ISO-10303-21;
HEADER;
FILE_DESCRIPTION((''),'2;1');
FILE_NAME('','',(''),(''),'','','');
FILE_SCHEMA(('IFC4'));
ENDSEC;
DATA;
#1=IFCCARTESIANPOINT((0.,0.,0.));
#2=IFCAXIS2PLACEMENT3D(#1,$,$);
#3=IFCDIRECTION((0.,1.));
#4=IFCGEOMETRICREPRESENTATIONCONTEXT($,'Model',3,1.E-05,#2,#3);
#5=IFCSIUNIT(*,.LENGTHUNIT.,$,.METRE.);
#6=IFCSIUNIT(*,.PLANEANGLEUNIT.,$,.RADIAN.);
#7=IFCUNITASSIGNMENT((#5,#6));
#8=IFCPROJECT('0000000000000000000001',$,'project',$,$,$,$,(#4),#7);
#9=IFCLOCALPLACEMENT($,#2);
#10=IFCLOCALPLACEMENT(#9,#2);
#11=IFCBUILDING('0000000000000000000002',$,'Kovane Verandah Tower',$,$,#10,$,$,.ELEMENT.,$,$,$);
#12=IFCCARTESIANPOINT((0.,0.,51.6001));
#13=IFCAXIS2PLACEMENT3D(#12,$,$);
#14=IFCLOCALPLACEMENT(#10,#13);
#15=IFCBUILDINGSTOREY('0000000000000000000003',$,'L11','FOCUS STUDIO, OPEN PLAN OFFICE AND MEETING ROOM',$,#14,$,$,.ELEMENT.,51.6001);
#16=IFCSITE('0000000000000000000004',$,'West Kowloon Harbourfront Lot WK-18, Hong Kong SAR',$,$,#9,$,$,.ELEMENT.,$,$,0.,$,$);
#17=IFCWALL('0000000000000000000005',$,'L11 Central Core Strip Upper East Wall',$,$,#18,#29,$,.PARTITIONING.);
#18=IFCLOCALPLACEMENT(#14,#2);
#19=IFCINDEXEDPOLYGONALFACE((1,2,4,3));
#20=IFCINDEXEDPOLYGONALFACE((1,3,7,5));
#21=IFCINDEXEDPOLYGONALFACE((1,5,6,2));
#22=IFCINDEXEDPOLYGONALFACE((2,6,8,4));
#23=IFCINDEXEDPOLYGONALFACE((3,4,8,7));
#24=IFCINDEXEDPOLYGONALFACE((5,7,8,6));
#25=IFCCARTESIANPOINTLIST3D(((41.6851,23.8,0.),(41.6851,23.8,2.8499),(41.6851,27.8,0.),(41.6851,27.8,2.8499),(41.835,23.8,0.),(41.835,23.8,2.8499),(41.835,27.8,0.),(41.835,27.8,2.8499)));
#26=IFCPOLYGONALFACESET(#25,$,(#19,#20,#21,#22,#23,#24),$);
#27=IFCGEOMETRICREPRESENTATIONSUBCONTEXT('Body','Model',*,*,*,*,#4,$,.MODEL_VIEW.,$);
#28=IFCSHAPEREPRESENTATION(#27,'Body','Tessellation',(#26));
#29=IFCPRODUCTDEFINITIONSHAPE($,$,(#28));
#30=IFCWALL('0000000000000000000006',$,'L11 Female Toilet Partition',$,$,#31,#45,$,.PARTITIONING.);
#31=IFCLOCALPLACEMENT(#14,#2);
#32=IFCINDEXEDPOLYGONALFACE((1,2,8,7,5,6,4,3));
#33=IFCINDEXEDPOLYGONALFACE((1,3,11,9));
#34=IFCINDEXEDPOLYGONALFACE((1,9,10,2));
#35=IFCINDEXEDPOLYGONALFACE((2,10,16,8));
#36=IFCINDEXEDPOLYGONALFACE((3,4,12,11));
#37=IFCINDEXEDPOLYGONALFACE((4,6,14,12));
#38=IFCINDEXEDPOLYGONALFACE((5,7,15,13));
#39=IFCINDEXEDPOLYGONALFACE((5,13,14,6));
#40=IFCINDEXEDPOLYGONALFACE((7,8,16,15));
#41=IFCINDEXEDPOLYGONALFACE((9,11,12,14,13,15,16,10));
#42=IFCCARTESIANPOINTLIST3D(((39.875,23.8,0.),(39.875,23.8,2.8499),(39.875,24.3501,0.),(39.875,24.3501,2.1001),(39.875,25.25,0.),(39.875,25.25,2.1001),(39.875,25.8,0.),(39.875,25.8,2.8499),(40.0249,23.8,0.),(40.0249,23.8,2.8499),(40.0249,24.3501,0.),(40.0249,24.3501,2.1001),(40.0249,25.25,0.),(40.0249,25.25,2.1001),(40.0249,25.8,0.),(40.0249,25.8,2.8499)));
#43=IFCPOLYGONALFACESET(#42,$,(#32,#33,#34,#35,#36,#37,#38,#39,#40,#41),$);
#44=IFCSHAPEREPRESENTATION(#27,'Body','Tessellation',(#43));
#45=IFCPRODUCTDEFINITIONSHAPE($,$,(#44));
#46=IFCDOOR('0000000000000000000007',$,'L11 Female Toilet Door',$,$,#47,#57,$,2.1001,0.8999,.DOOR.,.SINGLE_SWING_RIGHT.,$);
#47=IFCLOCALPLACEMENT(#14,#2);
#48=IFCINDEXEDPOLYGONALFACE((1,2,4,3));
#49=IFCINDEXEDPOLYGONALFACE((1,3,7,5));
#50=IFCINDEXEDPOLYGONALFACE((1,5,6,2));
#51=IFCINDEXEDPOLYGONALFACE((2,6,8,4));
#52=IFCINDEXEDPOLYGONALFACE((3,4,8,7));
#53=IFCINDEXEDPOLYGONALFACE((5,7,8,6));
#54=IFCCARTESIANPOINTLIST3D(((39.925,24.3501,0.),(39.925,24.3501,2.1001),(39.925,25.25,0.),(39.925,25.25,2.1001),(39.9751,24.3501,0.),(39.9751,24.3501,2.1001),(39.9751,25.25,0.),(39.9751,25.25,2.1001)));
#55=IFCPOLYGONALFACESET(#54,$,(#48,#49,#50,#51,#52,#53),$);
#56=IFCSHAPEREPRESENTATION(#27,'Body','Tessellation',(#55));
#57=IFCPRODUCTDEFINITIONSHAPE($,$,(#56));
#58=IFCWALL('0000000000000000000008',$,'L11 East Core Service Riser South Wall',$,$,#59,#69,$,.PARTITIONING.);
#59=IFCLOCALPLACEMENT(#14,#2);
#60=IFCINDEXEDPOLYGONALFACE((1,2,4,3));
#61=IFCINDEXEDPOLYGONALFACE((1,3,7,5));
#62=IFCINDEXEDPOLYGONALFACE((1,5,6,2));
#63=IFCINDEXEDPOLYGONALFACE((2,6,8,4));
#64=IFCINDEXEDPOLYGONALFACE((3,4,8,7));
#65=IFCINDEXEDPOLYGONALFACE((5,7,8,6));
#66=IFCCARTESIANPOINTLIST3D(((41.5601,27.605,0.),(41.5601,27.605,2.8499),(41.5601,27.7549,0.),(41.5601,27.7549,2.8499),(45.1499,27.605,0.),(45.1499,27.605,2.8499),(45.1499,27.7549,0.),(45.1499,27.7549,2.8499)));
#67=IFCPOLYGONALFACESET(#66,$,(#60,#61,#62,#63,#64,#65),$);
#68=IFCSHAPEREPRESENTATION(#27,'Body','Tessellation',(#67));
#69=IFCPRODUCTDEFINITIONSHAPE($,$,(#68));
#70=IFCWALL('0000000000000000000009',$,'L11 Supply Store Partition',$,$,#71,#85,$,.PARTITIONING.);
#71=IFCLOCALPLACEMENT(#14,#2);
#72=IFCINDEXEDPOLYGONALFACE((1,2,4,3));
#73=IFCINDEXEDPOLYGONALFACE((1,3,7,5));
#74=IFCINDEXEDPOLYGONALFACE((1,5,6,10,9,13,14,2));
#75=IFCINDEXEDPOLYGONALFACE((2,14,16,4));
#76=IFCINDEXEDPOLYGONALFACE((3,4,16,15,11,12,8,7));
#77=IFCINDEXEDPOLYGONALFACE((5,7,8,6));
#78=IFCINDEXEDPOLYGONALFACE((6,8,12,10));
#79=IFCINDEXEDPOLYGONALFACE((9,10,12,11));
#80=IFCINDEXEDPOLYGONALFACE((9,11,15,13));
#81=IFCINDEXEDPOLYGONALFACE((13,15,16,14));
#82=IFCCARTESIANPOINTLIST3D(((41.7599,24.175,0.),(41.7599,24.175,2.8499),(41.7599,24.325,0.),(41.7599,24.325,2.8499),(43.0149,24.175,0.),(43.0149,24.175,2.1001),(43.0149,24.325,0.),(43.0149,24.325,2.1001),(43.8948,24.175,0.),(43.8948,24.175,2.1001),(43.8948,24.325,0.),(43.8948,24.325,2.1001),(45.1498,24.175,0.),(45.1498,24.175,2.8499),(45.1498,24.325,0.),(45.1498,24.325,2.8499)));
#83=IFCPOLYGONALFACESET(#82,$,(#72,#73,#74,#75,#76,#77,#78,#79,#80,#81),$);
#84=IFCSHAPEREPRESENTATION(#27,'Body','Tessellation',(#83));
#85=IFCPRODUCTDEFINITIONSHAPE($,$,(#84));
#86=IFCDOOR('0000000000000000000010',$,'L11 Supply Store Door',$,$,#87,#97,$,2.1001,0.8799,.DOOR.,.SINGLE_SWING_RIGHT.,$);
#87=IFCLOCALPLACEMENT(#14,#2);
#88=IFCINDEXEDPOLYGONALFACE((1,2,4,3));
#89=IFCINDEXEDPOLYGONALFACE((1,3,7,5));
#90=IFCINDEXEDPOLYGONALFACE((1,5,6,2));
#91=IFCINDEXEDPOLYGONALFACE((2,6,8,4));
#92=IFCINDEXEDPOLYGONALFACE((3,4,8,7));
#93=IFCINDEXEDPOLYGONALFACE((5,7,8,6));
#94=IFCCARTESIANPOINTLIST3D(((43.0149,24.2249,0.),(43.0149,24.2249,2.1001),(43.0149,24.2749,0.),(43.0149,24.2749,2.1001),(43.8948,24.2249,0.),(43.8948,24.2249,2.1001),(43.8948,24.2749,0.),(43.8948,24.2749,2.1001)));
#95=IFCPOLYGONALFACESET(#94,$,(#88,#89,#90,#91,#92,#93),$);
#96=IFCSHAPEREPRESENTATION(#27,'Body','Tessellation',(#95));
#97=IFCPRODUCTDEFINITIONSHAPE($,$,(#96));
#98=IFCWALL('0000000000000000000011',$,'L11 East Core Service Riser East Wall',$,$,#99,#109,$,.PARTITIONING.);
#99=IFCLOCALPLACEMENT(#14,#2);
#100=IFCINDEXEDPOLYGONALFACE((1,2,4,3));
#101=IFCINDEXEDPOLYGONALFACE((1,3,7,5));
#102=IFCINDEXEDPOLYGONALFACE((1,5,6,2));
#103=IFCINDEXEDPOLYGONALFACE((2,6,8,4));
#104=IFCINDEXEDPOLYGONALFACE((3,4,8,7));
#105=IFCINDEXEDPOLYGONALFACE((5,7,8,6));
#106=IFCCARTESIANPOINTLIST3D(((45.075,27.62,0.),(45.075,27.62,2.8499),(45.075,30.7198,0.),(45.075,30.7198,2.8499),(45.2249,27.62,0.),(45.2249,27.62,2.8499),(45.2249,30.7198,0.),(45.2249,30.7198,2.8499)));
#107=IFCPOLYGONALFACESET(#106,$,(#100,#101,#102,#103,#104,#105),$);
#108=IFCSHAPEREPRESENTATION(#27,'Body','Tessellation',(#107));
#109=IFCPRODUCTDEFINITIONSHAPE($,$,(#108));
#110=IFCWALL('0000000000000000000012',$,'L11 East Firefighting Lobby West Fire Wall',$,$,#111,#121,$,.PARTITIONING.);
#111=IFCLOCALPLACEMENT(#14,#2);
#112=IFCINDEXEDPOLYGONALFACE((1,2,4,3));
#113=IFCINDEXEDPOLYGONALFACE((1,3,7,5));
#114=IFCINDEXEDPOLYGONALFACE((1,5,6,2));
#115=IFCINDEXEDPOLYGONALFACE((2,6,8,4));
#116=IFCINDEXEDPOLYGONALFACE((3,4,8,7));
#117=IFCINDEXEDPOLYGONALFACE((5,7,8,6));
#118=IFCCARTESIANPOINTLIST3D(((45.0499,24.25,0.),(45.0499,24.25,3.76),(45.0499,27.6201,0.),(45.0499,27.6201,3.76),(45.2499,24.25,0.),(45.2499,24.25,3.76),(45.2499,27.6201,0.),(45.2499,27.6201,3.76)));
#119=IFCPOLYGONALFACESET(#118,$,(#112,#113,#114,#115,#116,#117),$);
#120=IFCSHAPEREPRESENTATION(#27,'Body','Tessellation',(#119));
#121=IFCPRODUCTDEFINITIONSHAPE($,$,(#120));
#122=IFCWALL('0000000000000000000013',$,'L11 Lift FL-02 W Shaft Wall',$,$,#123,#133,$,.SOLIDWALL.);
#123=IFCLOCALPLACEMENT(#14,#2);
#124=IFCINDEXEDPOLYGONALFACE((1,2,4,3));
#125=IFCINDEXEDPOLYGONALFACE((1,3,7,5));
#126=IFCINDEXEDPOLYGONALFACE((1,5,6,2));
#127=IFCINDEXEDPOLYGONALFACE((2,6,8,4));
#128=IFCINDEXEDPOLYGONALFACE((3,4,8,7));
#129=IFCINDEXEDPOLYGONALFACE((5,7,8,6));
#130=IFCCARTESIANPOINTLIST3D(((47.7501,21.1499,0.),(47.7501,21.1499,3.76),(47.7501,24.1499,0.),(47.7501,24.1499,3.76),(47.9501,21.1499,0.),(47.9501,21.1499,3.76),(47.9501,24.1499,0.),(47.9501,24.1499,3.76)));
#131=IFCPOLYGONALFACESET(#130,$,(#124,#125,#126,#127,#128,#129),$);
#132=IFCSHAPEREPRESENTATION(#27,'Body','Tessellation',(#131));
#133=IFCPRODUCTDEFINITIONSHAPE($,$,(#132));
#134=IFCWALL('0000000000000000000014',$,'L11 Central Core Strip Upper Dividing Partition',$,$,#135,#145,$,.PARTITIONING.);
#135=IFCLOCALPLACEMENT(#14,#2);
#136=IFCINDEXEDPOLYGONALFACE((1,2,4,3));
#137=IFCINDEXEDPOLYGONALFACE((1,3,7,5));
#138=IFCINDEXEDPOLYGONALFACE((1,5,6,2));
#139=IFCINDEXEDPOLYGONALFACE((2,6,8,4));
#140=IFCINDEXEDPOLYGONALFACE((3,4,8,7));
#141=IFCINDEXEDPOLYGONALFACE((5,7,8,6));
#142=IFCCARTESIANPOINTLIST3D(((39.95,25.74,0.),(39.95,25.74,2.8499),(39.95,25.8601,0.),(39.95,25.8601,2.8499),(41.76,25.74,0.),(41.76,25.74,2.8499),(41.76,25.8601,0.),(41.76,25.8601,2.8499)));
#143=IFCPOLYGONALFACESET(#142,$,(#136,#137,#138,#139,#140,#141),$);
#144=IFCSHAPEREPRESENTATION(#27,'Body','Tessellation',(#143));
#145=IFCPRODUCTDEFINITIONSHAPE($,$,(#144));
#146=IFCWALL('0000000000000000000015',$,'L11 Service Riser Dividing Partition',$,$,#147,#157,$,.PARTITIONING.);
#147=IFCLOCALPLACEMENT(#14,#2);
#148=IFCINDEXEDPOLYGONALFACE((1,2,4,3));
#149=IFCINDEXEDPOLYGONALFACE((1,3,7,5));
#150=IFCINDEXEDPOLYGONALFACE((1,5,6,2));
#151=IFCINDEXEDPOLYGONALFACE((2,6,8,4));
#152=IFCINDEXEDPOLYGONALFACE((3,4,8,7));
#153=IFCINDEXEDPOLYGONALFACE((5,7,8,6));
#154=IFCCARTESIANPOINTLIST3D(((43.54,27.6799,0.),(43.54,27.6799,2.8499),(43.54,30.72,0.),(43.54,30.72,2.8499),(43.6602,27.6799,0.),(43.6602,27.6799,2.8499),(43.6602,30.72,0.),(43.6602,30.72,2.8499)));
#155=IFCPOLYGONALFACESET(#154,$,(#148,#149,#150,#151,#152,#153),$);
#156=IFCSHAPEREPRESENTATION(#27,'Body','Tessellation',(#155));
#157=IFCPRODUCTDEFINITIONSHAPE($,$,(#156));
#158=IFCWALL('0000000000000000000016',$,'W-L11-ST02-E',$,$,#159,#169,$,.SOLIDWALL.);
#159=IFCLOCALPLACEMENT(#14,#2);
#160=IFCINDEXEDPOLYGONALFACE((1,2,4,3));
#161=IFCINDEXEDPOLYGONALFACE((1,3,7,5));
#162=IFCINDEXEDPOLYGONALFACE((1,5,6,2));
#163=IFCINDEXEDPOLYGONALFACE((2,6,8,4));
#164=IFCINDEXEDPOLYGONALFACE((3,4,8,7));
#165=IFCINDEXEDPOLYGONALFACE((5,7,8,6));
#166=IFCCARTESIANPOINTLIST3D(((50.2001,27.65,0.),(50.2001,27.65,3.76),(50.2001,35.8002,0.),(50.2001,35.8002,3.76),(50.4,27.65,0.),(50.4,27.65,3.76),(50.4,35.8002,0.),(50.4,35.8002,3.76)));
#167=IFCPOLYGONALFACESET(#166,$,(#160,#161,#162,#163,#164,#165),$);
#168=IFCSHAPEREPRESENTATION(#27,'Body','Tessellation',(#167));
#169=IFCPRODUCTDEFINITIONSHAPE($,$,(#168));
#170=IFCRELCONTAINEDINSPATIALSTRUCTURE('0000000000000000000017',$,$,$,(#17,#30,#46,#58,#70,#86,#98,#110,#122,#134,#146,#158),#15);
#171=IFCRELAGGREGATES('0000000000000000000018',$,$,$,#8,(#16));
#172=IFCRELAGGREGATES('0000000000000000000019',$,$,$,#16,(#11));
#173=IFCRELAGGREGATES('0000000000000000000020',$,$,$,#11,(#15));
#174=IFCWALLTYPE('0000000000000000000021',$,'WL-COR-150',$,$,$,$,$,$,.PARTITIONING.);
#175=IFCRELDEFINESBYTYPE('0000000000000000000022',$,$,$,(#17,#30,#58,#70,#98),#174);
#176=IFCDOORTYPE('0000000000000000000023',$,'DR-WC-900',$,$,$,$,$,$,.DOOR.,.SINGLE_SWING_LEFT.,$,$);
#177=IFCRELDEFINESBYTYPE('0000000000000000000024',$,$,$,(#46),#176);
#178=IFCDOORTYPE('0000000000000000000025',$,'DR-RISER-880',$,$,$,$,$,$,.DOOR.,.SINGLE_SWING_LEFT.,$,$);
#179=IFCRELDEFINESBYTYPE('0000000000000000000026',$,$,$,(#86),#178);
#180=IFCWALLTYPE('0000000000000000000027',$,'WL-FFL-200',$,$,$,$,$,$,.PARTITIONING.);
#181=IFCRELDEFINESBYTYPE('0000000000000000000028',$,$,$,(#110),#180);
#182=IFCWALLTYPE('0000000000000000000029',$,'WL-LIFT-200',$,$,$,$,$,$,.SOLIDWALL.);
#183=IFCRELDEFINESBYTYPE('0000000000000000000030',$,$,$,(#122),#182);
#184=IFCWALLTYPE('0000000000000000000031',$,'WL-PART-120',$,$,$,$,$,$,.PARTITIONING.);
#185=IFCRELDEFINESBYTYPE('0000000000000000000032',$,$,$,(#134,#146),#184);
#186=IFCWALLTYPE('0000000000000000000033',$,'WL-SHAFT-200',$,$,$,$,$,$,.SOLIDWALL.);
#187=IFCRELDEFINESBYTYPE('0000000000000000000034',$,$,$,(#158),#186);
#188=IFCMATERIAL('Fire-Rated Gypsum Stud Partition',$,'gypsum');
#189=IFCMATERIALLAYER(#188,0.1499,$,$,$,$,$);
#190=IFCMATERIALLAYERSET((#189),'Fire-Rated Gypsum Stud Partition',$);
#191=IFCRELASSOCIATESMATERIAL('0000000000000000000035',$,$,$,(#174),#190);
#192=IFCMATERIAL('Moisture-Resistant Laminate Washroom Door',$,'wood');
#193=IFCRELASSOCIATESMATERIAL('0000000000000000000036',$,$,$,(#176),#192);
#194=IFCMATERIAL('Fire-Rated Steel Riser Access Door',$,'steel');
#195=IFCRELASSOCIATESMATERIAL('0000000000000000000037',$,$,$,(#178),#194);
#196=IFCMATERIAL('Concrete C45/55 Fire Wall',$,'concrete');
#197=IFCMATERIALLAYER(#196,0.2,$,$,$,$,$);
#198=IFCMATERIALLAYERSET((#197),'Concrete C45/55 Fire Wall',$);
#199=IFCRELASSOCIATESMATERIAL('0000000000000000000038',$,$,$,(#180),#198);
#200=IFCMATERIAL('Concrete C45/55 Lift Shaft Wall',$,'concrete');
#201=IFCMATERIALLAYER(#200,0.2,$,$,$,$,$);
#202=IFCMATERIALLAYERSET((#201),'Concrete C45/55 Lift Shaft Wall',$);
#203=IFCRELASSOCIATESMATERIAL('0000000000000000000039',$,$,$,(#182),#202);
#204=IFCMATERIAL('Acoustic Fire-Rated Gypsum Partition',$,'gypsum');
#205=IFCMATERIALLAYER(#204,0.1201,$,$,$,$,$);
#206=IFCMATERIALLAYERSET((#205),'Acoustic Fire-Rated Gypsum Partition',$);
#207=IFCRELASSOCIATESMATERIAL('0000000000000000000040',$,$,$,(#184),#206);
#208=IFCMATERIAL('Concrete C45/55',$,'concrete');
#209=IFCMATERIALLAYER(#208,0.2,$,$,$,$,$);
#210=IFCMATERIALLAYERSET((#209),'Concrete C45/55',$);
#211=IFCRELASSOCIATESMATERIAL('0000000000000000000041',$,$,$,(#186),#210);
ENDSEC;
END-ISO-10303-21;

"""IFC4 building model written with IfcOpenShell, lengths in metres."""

from ifc_helpers import new_model, si_unit, direction, frame, frame_2d, origin, place, context, subcontext, project, spatial, rectangle, extrude, material, layer, layer_set, type_object, element, fill, save


model = new_model("IFC4")

# Units and contexts
model_context = context("Model", 3, precision=1e-05, world=origin(), true_north=direction((0.0, 1.0)))
body_context = subcontext(model_context, "Body", "Model", "MODEL_VIEW")
ifc_project = project(units=[si_unit("LENGTHUNIT", "METRE"), si_unit("PLANEANGLEUNIT", "RADIAN")], contexts=[model_context])

# Site, building, storey
site_placement = place(None, origin())
site = spatial("IfcSite", under=ifc_project, at=site_placement, Name="West Kowloon Harbourfront Lot WK-18, Hong Kong SAR", CompositionType="ELEMENT", RefElevation=0.0)
building_placement = place(site_placement, origin())
building = spatial("IfcBuilding", under=site, at=building_placement, Name="Kovane Verandah Tower", CompositionType="ELEMENT")
storey_placement = place(building_placement, frame((0.0, 0.0, 51.6001)))
storey = spatial("IfcBuildingStorey", under=building, at=storey_placement, Name="L11", Description="FOCUS STUDIO, OPEN PLAN OFFICE AND MEETING ROOM", CompositionType="ELEMENT", Elevation=51.6001)

# Wall
ifc_material_1 = material(Name="Fire-Rated Gypsum Stud Partition", Category="gypsum")
ifc_layer_1 = layer(ifc_material_1, 0.1499)
ifc_layer_set_1 = layer_set([ifc_layer_1], Name="Fire-Rated Gypsum Stud Partition")
wall_type_1 = type_object("IfcWallType", Name="WL-COR-150", PredefinedType="PARTITIONING", material=ifc_layer_set_1)
wall_1_placement = place(storey_placement, frame((41.76, 23.8, 0.0), z_axis=(0.0, 0.0, 1.0), x_axis=(0.0, 1.0, 0.0)))
element("IfcWall", 1, at=wall_1_placement, inside=storey, type_object=wall_type_1, Name="L11 Central Core Strip Upper East Wall", PredefinedType="PARTITIONING", context=body_context, shape_type="SweptSolid", body=[
    extrude(rectangle(XDim=4.0, YDim=0.1499, at=frame_2d((2.0, 0.0))), origin(), (0.0, 0.0, 1.0), 2.8499),
])

# Wall, opening, door
wall_2_placement = place(storey_placement, frame((39.95, 23.8, 0.0), z_axis=(0.0, 0.0, 1.0), x_axis=(0.0, 1.0, 0.0)))
wall_2 = element("IfcWall", 2, at=wall_2_placement, inside=storey, type_object=wall_type_1, Name="L11 Female Toilet Partition", PredefinedType="PARTITIONING", context=body_context, shape_type="SweptSolid", body=[
    extrude(rectangle(XDim=2.0, YDim=0.1499, at=frame_2d((1.0, 0.0))), origin(), (0.0, 0.0, 1.0), 2.8499),
])
opening_1_placement = place(wall_2_placement, frame((0.55, 0.0, 0.0)))
opening_1 = element("IfcOpeningElement", 3, at=opening_1_placement, cuts=wall_2, PredefinedType="OPENING", context=body_context, shape_type="SweptSolid", body=[
    extrude(rectangle(XDim=0.8999, YDim=2.1001, at=frame_2d((0.45, 1.05))), frame((0.0, 0.075, 0.0), z_axis=(0.0, -1.0, 0.0), x_axis=(1.0, 0.0, 0.0)), (0.0, 0.0, 1.0), 0.1499),
])
ifc_material_2 = material(Name="Moisture-Resistant Laminate Washroom Door", Category="wood")
door_type_1 = type_object("IfcDoorType", Name="DR-WC-900", OperationType="SINGLE_SWING_LEFT", PredefinedType="DOOR", material=ifc_material_2)
door_1_placement = place(opening_1_placement, origin())
door_1 = element("IfcDoor", 4, at=door_1_placement, inside=storey, type_object=door_type_1, Name="L11 Female Toilet Door", OperationType="SINGLE_SWING_RIGHT", OverallHeight=2.1001, OverallWidth=0.8999, PredefinedType="DOOR", context=body_context, shape_type="SweptSolid", body=[
    extrude(rectangle(XDim=0.8999, YDim=2.1001, at=frame_2d((0.45, 1.05))), frame((0.0, 0.0249, 0.0), z_axis=(0.0, -1.0, 0.0), x_axis=(1.0, 0.0, 0.0)), (0.0, 0.0, 1.0), 0.05),
])
fill(opening_1, door_1)

# Wall
wall_3_placement = place(storey_placement, frame((41.5601, 27.6799, 0.0), z_axis=(0.0, 0.0, 1.0), x_axis=(1.0, 0.0, 0.0)))
element("IfcWall", 5, at=wall_3_placement, inside=storey, type_object=wall_type_1, Name="L11 East Core Service Riser South Wall", PredefinedType="PARTITIONING", context=body_context, shape_type="SweptSolid", body=[
    extrude(rectangle(XDim=3.5898, YDim=0.1499, at=frame_2d((1.7949, 0.0))), origin(), (0.0, 0.0, 1.0), 2.8499),
])

# Wall, opening, door
wall_4_placement = place(storey_placement, frame((41.76, 24.25, 0.0), z_axis=(0.0, 0.0, 1.0), x_axis=(1.0, 0.0, 0.0)))
wall_4 = element("IfcWall", 6, at=wall_4_placement, inside=storey, type_object=wall_type_1, Name="L11 Supply Store Partition", PredefinedType="PARTITIONING", context=body_context, shape_type="SweptSolid", body=[
    extrude(rectangle(XDim=3.3899, YDim=0.1499, at=frame_2d((1.6948, 0.0))), origin(), (0.0, 0.0, 1.0), 2.8499),
])
opening_2_placement = place(wall_4_placement, frame((1.2549, 0.0, 0.0)))
opening_2 = element("IfcOpeningElement", 7, at=opening_2_placement, cuts=wall_4, PredefinedType="OPENING", context=body_context, shape_type="SweptSolid", body=[
    extrude(rectangle(XDim=0.8799, YDim=2.1001, at=frame_2d((0.4399, 1.05))), frame((0.0, 0.075, 0.0), z_axis=(0.0, -1.0, 0.0), x_axis=(1.0, 0.0, 0.0)), (0.0, 0.0, 1.0), 0.1499),
])
ifc_material_3 = material(Name="Fire-Rated Steel Riser Access Door", Category="steel")
door_type_2 = type_object("IfcDoorType", Name="DR-RISER-880", OperationType="SINGLE_SWING_LEFT", PredefinedType="DOOR", material=ifc_material_3)
door_2_placement = place(opening_2_placement, origin())
door_2 = element("IfcDoor", 8, at=door_2_placement, inside=storey, type_object=door_type_2, Name="L11 Supply Store Door", OperationType="SINGLE_SWING_RIGHT", OverallHeight=2.1001, OverallWidth=0.8799, PredefinedType="DOOR", context=body_context, shape_type="SweptSolid", body=[
    extrude(rectangle(XDim=0.8799, YDim=2.1001, at=frame_2d((0.4399, 1.05))), frame((0.0, 0.0249, 0.0), z_axis=(0.0, -1.0, 0.0), x_axis=(1.0, 0.0, 0.0)), (0.0, 0.0, 1.0), 0.05),
])
fill(opening_2, door_2)

# Walls
wall_5_placement = place(storey_placement, frame((45.1499, 27.6201, 0.0), z_axis=(0.0, 0.0, 1.0), x_axis=(0.0, 1.0, 0.0)))
element("IfcWall", 9, at=wall_5_placement, inside=storey, type_object=wall_type_1, Name="L11 East Core Service Riser East Wall", PredefinedType="PARTITIONING", context=body_context, shape_type="SweptSolid", body=[
    extrude(rectangle(XDim=3.0999, YDim=0.1499, at=frame_2d((1.5498, 0.0))), origin(), (0.0, 0.0, 1.0), 2.8499),
])
ifc_material_4 = material(Name="Concrete C45/55 Fire Wall", Category="concrete")
ifc_layer_2 = layer(ifc_material_4, 0.2)
ifc_layer_set_2 = layer_set([ifc_layer_2], Name="Concrete C45/55 Fire Wall")
wall_type_2 = type_object("IfcWallType", Name="WL-FFL-200", PredefinedType="PARTITIONING", material=ifc_layer_set_2)
wall_6_placement = place(storey_placement, frame((45.1499, 24.25, 0.0), z_axis=(0.0, 0.0, 1.0), x_axis=(0.0, 1.0, 0.0)))
element("IfcWall", 10, at=wall_6_placement, inside=storey, type_object=wall_type_2, Name="L11 East Firefighting Lobby West Fire Wall", PredefinedType="PARTITIONING", context=body_context, shape_type="SweptSolid", body=[
    extrude(rectangle(XDim=3.3701, YDim=0.2, at=frame_2d((1.6851, 0.0))), origin(), (0.0, 0.0, 1.0), 3.76),
])

# Shared definitions
ifc_material_5 = material(Name="Concrete C45/55 Lift Shaft Wall", Category="concrete")
ifc_layer_3 = layer(ifc_material_5, 0.2)
ifc_layer_set_3 = layer_set([ifc_layer_3], Name="Concrete C45/55 Lift Shaft Wall")
wall_type_3 = type_object("IfcWallType", Name="WL-LIFT-200", PredefinedType="SOLIDWALL", material=ifc_layer_set_3)

# Walls
wall_7_placement = place(storey_placement, frame((47.8501, 24.1499, 0.0), z_axis=(0.0, 0.0, 1.0), x_axis=(0.0, -1.0, 0.0)))
element("IfcWall", 11, at=wall_7_placement, inside=storey, type_object=wall_type_3, Name="L11 Lift FL-02 W Shaft Wall", PredefinedType="SOLIDWALL", context=body_context, shape_type="SweptSolid", body=[
    extrude(rectangle(XDim=3.0, YDim=0.2, at=frame_2d((1.5, 0.0))), origin(), (0.0, 0.0, 1.0), 3.76),
])
ifc_material_6 = material(Name="Acoustic Fire-Rated Gypsum Partition", Category="gypsum")
ifc_layer_4 = layer(ifc_material_6, 0.1201)
ifc_layer_set_4 = layer_set([ifc_layer_4], Name="Acoustic Fire-Rated Gypsum Partition")
wall_type_4 = type_object("IfcWallType", Name="WL-PART-120", PredefinedType="PARTITIONING", material=ifc_layer_set_4)
wall_8_placement = place(storey_placement, frame((39.95, 25.8, 0.0), z_axis=(0.0, 0.0, 1.0), x_axis=(1.0, 0.0, 0.0)))
element("IfcWall", 12, at=wall_8_placement, inside=storey, type_object=wall_type_4, Name="L11 Central Core Strip Upper Dividing Partition", PredefinedType="PARTITIONING", context=body_context, shape_type="SweptSolid", body=[
    extrude(rectangle(XDim=1.8101, YDim=0.1201, at=frame_2d((0.905, 0.0))), origin(), (0.0, 0.0, 1.0), 2.8499),
])
wall_9_placement = place(storey_placement, frame((43.6001, 27.6799, 0.0), z_axis=(0.0, 0.0, 1.0), x_axis=(0.0, 1.0, 0.0)))
element("IfcWall", 13, at=wall_9_placement, inside=storey, type_object=wall_type_4, Name="L11 Service Riser Dividing Partition", PredefinedType="PARTITIONING", context=body_context, shape_type="SweptSolid", body=[
    extrude(rectangle(XDim=3.04, YDim=0.1201, at=frame_2d((1.52, 0.0))), origin(), (0.0, 0.0, 1.0), 2.8499),
])
ifc_material_7 = material(Name="Concrete C45/55", Category="concrete")
ifc_layer_5 = layer(ifc_material_7, 0.2)
ifc_layer_set_5 = layer_set([ifc_layer_5], Name="Concrete C45/55")
wall_type_5 = type_object("IfcWallType", Name="WL-SHAFT-200", PredefinedType="SOLIDWALL", material=ifc_layer_set_5)
wall_10_placement = place(storey_placement, frame((50.3, 27.6499, 0.0), z_axis=(0.0, 0.0, 1.0), x_axis=(0.0, 1.0, 0.0)))
element("IfcWall", 14, at=wall_10_placement, inside=storey, type_object=wall_type_5, Name="W-L11-ST02-E", PredefinedType="SOLIDWALL", context=body_context, shape_type="SweptSolid", body=[
    extrude(rectangle(XDim=8.1501, YDim=0.2, at=frame_2d((4.0752, 0.0))), origin(), (0.0, 0.0, 1.0), 3.76),
])

save(model, "model.ifc")
